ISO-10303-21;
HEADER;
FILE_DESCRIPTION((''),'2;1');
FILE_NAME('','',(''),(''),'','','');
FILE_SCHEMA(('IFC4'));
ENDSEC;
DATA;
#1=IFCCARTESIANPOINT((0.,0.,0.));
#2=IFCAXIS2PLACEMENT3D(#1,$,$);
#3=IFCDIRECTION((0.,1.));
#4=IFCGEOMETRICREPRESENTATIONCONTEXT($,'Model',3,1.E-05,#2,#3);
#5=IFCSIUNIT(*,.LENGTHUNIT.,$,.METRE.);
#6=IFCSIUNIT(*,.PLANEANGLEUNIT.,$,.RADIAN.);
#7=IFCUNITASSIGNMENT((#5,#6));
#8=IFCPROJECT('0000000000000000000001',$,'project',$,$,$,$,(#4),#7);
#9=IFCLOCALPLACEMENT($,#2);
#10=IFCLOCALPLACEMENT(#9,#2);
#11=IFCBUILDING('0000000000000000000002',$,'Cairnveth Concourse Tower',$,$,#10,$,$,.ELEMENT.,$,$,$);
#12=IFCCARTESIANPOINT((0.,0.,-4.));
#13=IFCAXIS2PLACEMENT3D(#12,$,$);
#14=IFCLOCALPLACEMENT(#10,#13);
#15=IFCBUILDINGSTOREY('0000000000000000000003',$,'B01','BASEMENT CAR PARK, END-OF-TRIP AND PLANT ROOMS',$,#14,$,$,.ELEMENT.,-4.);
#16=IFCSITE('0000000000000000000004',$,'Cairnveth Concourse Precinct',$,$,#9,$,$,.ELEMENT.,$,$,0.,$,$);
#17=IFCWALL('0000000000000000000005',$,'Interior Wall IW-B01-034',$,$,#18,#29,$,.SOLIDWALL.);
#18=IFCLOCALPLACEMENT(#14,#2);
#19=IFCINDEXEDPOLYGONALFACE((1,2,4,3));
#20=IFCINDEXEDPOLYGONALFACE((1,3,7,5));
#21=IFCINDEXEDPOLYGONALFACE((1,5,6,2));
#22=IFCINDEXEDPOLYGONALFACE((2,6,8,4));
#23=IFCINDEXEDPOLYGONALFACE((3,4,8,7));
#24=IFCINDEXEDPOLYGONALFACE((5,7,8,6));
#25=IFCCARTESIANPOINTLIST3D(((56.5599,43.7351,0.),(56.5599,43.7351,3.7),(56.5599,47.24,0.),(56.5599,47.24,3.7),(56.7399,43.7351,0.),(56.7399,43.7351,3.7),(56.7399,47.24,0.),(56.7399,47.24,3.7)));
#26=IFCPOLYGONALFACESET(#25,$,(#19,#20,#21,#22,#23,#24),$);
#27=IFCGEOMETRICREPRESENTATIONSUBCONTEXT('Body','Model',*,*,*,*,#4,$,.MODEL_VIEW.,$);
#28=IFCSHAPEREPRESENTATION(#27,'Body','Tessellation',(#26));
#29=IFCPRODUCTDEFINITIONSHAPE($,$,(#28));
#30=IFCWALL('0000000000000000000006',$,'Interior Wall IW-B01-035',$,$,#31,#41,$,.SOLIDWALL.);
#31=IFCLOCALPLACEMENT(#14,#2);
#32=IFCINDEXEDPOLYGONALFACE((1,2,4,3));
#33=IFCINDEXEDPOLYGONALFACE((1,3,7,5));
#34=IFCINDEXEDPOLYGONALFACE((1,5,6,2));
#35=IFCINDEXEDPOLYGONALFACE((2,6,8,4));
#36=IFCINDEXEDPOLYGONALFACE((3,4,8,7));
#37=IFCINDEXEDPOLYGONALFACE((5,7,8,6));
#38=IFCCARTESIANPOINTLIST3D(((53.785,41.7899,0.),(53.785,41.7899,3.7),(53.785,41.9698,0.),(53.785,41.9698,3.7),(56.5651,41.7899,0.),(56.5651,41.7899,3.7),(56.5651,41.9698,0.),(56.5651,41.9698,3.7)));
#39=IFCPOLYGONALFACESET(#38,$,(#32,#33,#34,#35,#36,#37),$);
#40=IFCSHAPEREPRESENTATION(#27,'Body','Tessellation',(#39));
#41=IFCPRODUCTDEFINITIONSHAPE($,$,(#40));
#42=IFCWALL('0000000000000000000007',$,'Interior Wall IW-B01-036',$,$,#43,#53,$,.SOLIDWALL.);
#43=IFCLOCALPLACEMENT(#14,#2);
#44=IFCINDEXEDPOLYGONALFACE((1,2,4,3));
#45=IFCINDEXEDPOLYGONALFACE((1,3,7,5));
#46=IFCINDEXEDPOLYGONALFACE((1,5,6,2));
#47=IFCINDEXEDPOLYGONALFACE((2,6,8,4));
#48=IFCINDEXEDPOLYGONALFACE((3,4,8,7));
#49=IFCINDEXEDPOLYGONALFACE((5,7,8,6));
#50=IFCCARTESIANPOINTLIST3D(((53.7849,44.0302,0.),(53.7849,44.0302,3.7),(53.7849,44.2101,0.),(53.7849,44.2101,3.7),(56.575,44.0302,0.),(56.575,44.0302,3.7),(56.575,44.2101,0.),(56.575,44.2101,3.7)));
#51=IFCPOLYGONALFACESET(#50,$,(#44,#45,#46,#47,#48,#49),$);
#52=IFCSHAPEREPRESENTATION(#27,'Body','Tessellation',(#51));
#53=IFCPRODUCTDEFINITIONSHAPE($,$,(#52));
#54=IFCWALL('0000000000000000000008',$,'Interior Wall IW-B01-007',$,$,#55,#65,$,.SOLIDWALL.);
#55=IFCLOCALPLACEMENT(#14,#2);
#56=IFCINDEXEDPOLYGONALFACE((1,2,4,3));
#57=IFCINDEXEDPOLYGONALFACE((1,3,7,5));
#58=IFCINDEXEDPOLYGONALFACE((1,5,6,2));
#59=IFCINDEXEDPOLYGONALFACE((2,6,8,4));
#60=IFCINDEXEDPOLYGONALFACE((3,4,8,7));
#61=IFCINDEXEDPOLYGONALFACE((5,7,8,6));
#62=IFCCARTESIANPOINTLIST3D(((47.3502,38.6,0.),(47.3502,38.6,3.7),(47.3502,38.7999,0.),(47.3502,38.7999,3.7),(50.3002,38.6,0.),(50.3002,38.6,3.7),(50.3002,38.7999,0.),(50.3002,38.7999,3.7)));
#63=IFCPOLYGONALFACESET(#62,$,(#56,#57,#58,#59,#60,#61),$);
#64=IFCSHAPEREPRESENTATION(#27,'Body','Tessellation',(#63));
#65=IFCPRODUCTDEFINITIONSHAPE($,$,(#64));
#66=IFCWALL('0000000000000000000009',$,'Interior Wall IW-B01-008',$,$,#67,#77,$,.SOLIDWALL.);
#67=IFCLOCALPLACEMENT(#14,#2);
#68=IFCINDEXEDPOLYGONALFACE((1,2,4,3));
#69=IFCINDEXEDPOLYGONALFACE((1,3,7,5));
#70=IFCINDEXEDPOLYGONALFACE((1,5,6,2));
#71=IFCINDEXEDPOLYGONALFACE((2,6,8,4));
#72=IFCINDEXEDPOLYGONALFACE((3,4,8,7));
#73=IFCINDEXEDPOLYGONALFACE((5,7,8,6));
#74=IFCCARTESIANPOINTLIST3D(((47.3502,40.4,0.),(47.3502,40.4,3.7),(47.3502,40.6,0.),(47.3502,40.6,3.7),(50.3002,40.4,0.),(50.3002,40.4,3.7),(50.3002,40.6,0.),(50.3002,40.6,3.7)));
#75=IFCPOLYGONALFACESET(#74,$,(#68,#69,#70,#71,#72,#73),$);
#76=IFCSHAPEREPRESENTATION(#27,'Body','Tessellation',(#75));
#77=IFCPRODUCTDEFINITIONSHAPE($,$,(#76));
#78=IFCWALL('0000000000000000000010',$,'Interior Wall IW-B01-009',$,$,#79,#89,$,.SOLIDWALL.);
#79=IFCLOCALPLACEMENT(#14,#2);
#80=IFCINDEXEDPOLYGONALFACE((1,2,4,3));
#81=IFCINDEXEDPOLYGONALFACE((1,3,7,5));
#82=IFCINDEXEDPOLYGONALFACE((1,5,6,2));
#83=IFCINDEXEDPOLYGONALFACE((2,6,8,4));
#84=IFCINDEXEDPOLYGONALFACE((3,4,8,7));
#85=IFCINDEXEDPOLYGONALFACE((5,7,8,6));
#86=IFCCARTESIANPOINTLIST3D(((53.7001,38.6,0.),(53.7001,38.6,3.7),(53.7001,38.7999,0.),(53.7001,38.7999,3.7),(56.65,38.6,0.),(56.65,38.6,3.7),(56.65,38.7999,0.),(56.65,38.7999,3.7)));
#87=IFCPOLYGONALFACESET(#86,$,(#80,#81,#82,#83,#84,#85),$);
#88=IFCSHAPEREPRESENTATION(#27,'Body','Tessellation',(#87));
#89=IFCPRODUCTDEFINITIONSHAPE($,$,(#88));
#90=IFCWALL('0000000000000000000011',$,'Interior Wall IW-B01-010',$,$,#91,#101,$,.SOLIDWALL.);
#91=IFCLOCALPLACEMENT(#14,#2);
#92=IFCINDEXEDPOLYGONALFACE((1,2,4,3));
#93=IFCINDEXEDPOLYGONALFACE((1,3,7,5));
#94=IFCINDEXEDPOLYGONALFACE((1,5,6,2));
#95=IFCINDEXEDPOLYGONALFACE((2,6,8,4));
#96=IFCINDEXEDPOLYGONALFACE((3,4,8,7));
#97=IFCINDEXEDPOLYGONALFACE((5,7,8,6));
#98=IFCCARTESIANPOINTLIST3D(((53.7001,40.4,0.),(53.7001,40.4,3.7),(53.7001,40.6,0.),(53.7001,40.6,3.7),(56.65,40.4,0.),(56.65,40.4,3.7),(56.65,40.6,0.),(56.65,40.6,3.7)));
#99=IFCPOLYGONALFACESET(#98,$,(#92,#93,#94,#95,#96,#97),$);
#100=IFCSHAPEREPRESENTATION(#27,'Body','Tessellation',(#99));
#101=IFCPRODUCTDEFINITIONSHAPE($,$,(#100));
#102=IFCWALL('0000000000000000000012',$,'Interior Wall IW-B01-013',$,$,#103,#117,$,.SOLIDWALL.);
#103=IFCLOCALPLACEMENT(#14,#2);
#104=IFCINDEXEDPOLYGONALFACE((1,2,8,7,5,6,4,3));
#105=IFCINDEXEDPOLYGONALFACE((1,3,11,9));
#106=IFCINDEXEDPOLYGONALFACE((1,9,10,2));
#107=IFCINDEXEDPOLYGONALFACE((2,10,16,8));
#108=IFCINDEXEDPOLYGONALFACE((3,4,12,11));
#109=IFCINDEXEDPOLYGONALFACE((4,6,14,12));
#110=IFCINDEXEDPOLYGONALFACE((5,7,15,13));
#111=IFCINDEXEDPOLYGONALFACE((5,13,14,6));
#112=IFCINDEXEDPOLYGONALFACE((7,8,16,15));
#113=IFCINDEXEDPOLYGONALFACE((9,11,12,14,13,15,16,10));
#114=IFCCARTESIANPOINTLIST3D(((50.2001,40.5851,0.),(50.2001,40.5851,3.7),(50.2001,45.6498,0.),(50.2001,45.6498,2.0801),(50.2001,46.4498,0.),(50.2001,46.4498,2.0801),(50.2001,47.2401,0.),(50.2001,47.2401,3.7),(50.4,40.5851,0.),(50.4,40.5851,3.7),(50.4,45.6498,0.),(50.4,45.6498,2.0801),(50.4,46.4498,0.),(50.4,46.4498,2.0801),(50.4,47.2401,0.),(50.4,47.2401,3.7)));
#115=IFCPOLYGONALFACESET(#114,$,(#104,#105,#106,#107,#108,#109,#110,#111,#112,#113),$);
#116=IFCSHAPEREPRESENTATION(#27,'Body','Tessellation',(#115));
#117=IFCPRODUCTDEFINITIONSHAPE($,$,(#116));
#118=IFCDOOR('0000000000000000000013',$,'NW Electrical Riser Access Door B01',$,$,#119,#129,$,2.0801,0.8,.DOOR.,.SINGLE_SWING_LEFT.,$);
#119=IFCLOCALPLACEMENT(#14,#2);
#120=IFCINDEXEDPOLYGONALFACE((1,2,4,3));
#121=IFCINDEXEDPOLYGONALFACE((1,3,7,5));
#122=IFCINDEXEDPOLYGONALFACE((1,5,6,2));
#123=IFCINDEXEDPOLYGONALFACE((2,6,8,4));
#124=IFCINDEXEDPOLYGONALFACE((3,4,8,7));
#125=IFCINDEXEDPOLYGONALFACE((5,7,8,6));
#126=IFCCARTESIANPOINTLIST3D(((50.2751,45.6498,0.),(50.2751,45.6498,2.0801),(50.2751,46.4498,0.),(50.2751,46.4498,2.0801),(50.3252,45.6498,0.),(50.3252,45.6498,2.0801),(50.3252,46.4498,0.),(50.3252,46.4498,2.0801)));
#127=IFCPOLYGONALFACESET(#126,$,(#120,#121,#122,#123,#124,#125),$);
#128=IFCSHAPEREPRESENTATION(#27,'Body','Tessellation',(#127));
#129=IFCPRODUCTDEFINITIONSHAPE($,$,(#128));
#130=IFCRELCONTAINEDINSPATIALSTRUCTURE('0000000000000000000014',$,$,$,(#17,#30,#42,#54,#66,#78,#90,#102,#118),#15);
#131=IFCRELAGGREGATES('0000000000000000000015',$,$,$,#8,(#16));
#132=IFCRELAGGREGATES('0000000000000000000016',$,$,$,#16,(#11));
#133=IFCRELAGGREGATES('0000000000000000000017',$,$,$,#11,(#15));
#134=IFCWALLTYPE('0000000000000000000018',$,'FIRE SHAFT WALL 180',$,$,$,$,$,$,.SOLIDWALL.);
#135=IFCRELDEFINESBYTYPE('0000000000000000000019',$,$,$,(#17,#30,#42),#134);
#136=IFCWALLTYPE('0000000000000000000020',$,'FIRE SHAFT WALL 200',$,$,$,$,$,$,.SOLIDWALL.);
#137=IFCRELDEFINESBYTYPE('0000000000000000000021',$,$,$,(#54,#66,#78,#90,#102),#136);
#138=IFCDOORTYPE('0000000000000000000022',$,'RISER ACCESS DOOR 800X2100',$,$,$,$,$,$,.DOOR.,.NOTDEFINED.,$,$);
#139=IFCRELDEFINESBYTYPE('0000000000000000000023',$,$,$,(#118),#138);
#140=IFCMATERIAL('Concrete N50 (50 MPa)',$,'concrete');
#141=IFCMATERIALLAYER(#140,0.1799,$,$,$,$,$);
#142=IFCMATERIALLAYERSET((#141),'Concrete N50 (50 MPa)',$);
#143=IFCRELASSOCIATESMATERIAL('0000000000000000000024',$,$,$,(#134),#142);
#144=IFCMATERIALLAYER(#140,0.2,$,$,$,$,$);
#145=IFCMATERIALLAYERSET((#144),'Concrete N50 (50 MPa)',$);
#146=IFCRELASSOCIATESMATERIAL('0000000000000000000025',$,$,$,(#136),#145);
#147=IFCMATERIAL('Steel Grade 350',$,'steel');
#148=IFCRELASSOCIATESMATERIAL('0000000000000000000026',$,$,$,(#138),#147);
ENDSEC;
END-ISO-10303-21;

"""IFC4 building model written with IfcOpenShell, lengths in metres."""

from ifc_helpers import new_model, si_unit, direction, frame, frame_2d, origin, place, context, subcontext, project, spatial, rectangle, extrude, material, layer, layer_set, type_object, element, fill, save


model = new_model("IFC4")

# Units and contexts
model_context = context("Model", 3, precision=1e-05, world=origin(), true_north=direction((0.0, 1.0)))
body_context = subcontext(model_context, "Body", "Model", "MODEL_VIEW")
ifc_project = project(units=[si_unit("LENGTHUNIT", "METRE"), si_unit("PLANEANGLEUNIT", "RADIAN")], contexts=[model_context])

# Site, building, storey
site_placement = place(None, origin())
site = spatial("IfcSite", under=ifc_project, at=site_placement, Name="Cairnveth Concourse Precinct", CompositionType="ELEMENT", RefElevation=0.0)
building_placement = place(site_placement, origin())
building = spatial("IfcBuilding", under=site, at=building_placement, Name="Cairnveth Concourse Tower", CompositionType="ELEMENT")
storey_placement = place(building_placement, frame((0.0, 0.0, -4.0)))
storey = spatial("IfcBuildingStorey", under=building, at=storey_placement, Name="B01", Description="BASEMENT CAR PARK, END-OF-TRIP AND PLANT ROOMS", CompositionType="ELEMENT", Elevation=-4.0)

# Shared definitions
ifc_material_1 = material(Name="Steel Grade 350", Category="steel")

# Walls
ifc_material_2 = material(Name="Concrete N50 (50 MPa)", Category="concrete")
ifc_layer_1 = layer(ifc_material_2, 0.1799)
ifc_layer_set_1 = layer_set([ifc_layer_1], Name="Concrete N50 (50 MPa)")
wall_type_1 = type_object("IfcWallType", Name="FIRE SHAFT WALL 180", PredefinedType="SOLIDWALL", material=ifc_layer_set_1)
wall_1_placement = place(storey_placement, frame((56.6499, 43.7351, 0.0), z_axis=(0.0, 0.0, 1.0), x_axis=(0.0, 1.0, 0.0)))
element("IfcWall", 1, at=wall_1_placement, inside=storey, type_object=wall_type_1, Name="Interior Wall IW-B01-034", PredefinedType="SOLIDWALL", context=body_context, shape_type="SweptSolid", body=[
    extrude(rectangle(XDim=3.5049, YDim=0.1799, at=frame_2d((1.7524, 0.0))), origin(), (0.0, 0.0, 1.0), 3.7),
])
wall_2_placement = place(storey_placement, frame((53.7849, 41.8799, 0.0), z_axis=(0.0, 0.0, 1.0), x_axis=(1.0, 0.0, 0.0)))
element("IfcWall", 2, at=wall_2_placement, inside=storey, type_object=wall_type_1, Name="Interior Wall IW-B01-035", PredefinedType="SOLIDWALL", context=body_context, shape_type="SweptSolid", body=[
    extrude(rectangle(XDim=2.78, YDim=0.1799, at=frame_2d((1.3901, 0.0))), origin(), (0.0, 0.0, 1.0), 3.7),
])
wall_3_placement = place(storey_placement, frame((53.7849, 44.1201, 0.0), z_axis=(0.0, 0.0, 1.0), x_axis=(1.0, 0.0, 0.0)))
element("IfcWall", 3, at=wall_3_placement, inside=storey, type_object=wall_type_1, Name="Interior Wall IW-B01-036", PredefinedType="SOLIDWALL", context=body_context, shape_type="SweptSolid", body=[
    extrude(rectangle(XDim=2.79, YDim=0.1799, at=frame_2d((1.395, 0.0))), origin(), (0.0, 0.0, 1.0), 3.7),
])
ifc_layer_2 = layer(ifc_material_2, 0.2)
ifc_layer_set_2 = layer_set([ifc_layer_2], Name="Concrete N50 (50 MPa)")
wall_type_2 = type_object("IfcWallType", Name="FIRE SHAFT WALL 200", PredefinedType="SOLIDWALL", material=ifc_layer_set_2)
for number, where, z_axis, x_axis, name in (
    (4, (47.3501, 38.7, 0.0), (0.0, 0.0, 1.0), (1.0, 0.0, 0.0), "Interior Wall IW-B01-007"),
    (5, (47.3501, 40.5, 0.0), (0.0, 0.0, 1.0), (1.0, 0.0, 0.0), "Interior Wall IW-B01-008"),
    (6, (53.7, 38.7, 0.0), (0.0, 0.0, 1.0), (1.0, 0.0, 0.0), "Interior Wall IW-B01-009"),
    (7, (53.7, 40.5, 0.0), (0.0, 0.0, 1.0), (1.0, 0.0, 0.0), "Interior Wall IW-B01-010"),
):
    element("IfcWall", number, at=place(storey_placement, frame(where, z_axis=z_axis, x_axis=x_axis)), inside=storey, type_object=wall_type_2, Name=name, PredefinedType="SOLIDWALL", context=body_context, shape_type="SweptSolid", body=[
        extrude(rectangle(XDim=2.95, YDim=0.2, at=frame_2d((1.4751, 0.0))), origin(), (0.0, 0.0, 1.0), 3.7),
    ])

# Wall, opening, door
wall_4_placement = place(storey_placement, frame((50.3, 40.585, 0.0), z_axis=(0.0, 0.0, 1.0), x_axis=(0.0, 1.0, 0.0)))
wall_4 = element("IfcWall", 8, at=wall_4_placement, inside=storey, type_object=wall_type_2, Name="Interior Wall IW-B01-013", PredefinedType="SOLIDWALL", context=body_context, shape_type="SweptSolid", body=[
    extrude(rectangle(XDim=6.655, YDim=0.2, at=frame_2d((3.3276, 0.0))), origin(), (0.0, 0.0, 1.0), 3.7),
])
opening_1_placement = place(wall_4_placement, frame((5.0649, 0.0, 0.0)))
opening_1 = element("IfcOpeningElement", 9, at=opening_1_placement, cuts=wall_4, PredefinedType="OPENING", context=body_context, shape_type="SweptSolid", body=[
    extrude(rectangle(XDim=0.8, YDim=2.0801, at=frame_2d((0.3999, 1.04))), frame((0.0, 0.1099, 0.0), z_axis=(0.0, -1.0, 0.0), x_axis=(1.0, 0.0, 0.0)), (0.0, 0.0, 1.0), 0.22),
])
door_type_1 = type_object("IfcDoorType", Name="RISER ACCESS DOOR 800X2100", OperationType="NOTDEFINED", PredefinedType="DOOR", material=ifc_material_1)
door_1_placement = place(opening_1_placement, origin())
door_1 = element("IfcDoor", 10, at=door_1_placement, inside=storey, type_object=door_type_1, Name="NW Electrical Riser Access Door B01", OperationType="SINGLE_SWING_LEFT", OverallHeight=2.0801, OverallWidth=0.8, PredefinedType="DOOR", context=body_context, shape_type="SweptSolid", body=[
    extrude(rectangle(XDim=0.8, YDim=2.0801, at=frame_2d((0.3999, 1.04))), frame((0.0, 0.0249, 0.0), z_axis=(0.0, -1.0, 0.0), x_axis=(1.0, 0.0, 0.0)), (0.0, 0.0, 1.0), 0.05),
])
fill(opening_1, door_1)

save(model, "model.ifc")
